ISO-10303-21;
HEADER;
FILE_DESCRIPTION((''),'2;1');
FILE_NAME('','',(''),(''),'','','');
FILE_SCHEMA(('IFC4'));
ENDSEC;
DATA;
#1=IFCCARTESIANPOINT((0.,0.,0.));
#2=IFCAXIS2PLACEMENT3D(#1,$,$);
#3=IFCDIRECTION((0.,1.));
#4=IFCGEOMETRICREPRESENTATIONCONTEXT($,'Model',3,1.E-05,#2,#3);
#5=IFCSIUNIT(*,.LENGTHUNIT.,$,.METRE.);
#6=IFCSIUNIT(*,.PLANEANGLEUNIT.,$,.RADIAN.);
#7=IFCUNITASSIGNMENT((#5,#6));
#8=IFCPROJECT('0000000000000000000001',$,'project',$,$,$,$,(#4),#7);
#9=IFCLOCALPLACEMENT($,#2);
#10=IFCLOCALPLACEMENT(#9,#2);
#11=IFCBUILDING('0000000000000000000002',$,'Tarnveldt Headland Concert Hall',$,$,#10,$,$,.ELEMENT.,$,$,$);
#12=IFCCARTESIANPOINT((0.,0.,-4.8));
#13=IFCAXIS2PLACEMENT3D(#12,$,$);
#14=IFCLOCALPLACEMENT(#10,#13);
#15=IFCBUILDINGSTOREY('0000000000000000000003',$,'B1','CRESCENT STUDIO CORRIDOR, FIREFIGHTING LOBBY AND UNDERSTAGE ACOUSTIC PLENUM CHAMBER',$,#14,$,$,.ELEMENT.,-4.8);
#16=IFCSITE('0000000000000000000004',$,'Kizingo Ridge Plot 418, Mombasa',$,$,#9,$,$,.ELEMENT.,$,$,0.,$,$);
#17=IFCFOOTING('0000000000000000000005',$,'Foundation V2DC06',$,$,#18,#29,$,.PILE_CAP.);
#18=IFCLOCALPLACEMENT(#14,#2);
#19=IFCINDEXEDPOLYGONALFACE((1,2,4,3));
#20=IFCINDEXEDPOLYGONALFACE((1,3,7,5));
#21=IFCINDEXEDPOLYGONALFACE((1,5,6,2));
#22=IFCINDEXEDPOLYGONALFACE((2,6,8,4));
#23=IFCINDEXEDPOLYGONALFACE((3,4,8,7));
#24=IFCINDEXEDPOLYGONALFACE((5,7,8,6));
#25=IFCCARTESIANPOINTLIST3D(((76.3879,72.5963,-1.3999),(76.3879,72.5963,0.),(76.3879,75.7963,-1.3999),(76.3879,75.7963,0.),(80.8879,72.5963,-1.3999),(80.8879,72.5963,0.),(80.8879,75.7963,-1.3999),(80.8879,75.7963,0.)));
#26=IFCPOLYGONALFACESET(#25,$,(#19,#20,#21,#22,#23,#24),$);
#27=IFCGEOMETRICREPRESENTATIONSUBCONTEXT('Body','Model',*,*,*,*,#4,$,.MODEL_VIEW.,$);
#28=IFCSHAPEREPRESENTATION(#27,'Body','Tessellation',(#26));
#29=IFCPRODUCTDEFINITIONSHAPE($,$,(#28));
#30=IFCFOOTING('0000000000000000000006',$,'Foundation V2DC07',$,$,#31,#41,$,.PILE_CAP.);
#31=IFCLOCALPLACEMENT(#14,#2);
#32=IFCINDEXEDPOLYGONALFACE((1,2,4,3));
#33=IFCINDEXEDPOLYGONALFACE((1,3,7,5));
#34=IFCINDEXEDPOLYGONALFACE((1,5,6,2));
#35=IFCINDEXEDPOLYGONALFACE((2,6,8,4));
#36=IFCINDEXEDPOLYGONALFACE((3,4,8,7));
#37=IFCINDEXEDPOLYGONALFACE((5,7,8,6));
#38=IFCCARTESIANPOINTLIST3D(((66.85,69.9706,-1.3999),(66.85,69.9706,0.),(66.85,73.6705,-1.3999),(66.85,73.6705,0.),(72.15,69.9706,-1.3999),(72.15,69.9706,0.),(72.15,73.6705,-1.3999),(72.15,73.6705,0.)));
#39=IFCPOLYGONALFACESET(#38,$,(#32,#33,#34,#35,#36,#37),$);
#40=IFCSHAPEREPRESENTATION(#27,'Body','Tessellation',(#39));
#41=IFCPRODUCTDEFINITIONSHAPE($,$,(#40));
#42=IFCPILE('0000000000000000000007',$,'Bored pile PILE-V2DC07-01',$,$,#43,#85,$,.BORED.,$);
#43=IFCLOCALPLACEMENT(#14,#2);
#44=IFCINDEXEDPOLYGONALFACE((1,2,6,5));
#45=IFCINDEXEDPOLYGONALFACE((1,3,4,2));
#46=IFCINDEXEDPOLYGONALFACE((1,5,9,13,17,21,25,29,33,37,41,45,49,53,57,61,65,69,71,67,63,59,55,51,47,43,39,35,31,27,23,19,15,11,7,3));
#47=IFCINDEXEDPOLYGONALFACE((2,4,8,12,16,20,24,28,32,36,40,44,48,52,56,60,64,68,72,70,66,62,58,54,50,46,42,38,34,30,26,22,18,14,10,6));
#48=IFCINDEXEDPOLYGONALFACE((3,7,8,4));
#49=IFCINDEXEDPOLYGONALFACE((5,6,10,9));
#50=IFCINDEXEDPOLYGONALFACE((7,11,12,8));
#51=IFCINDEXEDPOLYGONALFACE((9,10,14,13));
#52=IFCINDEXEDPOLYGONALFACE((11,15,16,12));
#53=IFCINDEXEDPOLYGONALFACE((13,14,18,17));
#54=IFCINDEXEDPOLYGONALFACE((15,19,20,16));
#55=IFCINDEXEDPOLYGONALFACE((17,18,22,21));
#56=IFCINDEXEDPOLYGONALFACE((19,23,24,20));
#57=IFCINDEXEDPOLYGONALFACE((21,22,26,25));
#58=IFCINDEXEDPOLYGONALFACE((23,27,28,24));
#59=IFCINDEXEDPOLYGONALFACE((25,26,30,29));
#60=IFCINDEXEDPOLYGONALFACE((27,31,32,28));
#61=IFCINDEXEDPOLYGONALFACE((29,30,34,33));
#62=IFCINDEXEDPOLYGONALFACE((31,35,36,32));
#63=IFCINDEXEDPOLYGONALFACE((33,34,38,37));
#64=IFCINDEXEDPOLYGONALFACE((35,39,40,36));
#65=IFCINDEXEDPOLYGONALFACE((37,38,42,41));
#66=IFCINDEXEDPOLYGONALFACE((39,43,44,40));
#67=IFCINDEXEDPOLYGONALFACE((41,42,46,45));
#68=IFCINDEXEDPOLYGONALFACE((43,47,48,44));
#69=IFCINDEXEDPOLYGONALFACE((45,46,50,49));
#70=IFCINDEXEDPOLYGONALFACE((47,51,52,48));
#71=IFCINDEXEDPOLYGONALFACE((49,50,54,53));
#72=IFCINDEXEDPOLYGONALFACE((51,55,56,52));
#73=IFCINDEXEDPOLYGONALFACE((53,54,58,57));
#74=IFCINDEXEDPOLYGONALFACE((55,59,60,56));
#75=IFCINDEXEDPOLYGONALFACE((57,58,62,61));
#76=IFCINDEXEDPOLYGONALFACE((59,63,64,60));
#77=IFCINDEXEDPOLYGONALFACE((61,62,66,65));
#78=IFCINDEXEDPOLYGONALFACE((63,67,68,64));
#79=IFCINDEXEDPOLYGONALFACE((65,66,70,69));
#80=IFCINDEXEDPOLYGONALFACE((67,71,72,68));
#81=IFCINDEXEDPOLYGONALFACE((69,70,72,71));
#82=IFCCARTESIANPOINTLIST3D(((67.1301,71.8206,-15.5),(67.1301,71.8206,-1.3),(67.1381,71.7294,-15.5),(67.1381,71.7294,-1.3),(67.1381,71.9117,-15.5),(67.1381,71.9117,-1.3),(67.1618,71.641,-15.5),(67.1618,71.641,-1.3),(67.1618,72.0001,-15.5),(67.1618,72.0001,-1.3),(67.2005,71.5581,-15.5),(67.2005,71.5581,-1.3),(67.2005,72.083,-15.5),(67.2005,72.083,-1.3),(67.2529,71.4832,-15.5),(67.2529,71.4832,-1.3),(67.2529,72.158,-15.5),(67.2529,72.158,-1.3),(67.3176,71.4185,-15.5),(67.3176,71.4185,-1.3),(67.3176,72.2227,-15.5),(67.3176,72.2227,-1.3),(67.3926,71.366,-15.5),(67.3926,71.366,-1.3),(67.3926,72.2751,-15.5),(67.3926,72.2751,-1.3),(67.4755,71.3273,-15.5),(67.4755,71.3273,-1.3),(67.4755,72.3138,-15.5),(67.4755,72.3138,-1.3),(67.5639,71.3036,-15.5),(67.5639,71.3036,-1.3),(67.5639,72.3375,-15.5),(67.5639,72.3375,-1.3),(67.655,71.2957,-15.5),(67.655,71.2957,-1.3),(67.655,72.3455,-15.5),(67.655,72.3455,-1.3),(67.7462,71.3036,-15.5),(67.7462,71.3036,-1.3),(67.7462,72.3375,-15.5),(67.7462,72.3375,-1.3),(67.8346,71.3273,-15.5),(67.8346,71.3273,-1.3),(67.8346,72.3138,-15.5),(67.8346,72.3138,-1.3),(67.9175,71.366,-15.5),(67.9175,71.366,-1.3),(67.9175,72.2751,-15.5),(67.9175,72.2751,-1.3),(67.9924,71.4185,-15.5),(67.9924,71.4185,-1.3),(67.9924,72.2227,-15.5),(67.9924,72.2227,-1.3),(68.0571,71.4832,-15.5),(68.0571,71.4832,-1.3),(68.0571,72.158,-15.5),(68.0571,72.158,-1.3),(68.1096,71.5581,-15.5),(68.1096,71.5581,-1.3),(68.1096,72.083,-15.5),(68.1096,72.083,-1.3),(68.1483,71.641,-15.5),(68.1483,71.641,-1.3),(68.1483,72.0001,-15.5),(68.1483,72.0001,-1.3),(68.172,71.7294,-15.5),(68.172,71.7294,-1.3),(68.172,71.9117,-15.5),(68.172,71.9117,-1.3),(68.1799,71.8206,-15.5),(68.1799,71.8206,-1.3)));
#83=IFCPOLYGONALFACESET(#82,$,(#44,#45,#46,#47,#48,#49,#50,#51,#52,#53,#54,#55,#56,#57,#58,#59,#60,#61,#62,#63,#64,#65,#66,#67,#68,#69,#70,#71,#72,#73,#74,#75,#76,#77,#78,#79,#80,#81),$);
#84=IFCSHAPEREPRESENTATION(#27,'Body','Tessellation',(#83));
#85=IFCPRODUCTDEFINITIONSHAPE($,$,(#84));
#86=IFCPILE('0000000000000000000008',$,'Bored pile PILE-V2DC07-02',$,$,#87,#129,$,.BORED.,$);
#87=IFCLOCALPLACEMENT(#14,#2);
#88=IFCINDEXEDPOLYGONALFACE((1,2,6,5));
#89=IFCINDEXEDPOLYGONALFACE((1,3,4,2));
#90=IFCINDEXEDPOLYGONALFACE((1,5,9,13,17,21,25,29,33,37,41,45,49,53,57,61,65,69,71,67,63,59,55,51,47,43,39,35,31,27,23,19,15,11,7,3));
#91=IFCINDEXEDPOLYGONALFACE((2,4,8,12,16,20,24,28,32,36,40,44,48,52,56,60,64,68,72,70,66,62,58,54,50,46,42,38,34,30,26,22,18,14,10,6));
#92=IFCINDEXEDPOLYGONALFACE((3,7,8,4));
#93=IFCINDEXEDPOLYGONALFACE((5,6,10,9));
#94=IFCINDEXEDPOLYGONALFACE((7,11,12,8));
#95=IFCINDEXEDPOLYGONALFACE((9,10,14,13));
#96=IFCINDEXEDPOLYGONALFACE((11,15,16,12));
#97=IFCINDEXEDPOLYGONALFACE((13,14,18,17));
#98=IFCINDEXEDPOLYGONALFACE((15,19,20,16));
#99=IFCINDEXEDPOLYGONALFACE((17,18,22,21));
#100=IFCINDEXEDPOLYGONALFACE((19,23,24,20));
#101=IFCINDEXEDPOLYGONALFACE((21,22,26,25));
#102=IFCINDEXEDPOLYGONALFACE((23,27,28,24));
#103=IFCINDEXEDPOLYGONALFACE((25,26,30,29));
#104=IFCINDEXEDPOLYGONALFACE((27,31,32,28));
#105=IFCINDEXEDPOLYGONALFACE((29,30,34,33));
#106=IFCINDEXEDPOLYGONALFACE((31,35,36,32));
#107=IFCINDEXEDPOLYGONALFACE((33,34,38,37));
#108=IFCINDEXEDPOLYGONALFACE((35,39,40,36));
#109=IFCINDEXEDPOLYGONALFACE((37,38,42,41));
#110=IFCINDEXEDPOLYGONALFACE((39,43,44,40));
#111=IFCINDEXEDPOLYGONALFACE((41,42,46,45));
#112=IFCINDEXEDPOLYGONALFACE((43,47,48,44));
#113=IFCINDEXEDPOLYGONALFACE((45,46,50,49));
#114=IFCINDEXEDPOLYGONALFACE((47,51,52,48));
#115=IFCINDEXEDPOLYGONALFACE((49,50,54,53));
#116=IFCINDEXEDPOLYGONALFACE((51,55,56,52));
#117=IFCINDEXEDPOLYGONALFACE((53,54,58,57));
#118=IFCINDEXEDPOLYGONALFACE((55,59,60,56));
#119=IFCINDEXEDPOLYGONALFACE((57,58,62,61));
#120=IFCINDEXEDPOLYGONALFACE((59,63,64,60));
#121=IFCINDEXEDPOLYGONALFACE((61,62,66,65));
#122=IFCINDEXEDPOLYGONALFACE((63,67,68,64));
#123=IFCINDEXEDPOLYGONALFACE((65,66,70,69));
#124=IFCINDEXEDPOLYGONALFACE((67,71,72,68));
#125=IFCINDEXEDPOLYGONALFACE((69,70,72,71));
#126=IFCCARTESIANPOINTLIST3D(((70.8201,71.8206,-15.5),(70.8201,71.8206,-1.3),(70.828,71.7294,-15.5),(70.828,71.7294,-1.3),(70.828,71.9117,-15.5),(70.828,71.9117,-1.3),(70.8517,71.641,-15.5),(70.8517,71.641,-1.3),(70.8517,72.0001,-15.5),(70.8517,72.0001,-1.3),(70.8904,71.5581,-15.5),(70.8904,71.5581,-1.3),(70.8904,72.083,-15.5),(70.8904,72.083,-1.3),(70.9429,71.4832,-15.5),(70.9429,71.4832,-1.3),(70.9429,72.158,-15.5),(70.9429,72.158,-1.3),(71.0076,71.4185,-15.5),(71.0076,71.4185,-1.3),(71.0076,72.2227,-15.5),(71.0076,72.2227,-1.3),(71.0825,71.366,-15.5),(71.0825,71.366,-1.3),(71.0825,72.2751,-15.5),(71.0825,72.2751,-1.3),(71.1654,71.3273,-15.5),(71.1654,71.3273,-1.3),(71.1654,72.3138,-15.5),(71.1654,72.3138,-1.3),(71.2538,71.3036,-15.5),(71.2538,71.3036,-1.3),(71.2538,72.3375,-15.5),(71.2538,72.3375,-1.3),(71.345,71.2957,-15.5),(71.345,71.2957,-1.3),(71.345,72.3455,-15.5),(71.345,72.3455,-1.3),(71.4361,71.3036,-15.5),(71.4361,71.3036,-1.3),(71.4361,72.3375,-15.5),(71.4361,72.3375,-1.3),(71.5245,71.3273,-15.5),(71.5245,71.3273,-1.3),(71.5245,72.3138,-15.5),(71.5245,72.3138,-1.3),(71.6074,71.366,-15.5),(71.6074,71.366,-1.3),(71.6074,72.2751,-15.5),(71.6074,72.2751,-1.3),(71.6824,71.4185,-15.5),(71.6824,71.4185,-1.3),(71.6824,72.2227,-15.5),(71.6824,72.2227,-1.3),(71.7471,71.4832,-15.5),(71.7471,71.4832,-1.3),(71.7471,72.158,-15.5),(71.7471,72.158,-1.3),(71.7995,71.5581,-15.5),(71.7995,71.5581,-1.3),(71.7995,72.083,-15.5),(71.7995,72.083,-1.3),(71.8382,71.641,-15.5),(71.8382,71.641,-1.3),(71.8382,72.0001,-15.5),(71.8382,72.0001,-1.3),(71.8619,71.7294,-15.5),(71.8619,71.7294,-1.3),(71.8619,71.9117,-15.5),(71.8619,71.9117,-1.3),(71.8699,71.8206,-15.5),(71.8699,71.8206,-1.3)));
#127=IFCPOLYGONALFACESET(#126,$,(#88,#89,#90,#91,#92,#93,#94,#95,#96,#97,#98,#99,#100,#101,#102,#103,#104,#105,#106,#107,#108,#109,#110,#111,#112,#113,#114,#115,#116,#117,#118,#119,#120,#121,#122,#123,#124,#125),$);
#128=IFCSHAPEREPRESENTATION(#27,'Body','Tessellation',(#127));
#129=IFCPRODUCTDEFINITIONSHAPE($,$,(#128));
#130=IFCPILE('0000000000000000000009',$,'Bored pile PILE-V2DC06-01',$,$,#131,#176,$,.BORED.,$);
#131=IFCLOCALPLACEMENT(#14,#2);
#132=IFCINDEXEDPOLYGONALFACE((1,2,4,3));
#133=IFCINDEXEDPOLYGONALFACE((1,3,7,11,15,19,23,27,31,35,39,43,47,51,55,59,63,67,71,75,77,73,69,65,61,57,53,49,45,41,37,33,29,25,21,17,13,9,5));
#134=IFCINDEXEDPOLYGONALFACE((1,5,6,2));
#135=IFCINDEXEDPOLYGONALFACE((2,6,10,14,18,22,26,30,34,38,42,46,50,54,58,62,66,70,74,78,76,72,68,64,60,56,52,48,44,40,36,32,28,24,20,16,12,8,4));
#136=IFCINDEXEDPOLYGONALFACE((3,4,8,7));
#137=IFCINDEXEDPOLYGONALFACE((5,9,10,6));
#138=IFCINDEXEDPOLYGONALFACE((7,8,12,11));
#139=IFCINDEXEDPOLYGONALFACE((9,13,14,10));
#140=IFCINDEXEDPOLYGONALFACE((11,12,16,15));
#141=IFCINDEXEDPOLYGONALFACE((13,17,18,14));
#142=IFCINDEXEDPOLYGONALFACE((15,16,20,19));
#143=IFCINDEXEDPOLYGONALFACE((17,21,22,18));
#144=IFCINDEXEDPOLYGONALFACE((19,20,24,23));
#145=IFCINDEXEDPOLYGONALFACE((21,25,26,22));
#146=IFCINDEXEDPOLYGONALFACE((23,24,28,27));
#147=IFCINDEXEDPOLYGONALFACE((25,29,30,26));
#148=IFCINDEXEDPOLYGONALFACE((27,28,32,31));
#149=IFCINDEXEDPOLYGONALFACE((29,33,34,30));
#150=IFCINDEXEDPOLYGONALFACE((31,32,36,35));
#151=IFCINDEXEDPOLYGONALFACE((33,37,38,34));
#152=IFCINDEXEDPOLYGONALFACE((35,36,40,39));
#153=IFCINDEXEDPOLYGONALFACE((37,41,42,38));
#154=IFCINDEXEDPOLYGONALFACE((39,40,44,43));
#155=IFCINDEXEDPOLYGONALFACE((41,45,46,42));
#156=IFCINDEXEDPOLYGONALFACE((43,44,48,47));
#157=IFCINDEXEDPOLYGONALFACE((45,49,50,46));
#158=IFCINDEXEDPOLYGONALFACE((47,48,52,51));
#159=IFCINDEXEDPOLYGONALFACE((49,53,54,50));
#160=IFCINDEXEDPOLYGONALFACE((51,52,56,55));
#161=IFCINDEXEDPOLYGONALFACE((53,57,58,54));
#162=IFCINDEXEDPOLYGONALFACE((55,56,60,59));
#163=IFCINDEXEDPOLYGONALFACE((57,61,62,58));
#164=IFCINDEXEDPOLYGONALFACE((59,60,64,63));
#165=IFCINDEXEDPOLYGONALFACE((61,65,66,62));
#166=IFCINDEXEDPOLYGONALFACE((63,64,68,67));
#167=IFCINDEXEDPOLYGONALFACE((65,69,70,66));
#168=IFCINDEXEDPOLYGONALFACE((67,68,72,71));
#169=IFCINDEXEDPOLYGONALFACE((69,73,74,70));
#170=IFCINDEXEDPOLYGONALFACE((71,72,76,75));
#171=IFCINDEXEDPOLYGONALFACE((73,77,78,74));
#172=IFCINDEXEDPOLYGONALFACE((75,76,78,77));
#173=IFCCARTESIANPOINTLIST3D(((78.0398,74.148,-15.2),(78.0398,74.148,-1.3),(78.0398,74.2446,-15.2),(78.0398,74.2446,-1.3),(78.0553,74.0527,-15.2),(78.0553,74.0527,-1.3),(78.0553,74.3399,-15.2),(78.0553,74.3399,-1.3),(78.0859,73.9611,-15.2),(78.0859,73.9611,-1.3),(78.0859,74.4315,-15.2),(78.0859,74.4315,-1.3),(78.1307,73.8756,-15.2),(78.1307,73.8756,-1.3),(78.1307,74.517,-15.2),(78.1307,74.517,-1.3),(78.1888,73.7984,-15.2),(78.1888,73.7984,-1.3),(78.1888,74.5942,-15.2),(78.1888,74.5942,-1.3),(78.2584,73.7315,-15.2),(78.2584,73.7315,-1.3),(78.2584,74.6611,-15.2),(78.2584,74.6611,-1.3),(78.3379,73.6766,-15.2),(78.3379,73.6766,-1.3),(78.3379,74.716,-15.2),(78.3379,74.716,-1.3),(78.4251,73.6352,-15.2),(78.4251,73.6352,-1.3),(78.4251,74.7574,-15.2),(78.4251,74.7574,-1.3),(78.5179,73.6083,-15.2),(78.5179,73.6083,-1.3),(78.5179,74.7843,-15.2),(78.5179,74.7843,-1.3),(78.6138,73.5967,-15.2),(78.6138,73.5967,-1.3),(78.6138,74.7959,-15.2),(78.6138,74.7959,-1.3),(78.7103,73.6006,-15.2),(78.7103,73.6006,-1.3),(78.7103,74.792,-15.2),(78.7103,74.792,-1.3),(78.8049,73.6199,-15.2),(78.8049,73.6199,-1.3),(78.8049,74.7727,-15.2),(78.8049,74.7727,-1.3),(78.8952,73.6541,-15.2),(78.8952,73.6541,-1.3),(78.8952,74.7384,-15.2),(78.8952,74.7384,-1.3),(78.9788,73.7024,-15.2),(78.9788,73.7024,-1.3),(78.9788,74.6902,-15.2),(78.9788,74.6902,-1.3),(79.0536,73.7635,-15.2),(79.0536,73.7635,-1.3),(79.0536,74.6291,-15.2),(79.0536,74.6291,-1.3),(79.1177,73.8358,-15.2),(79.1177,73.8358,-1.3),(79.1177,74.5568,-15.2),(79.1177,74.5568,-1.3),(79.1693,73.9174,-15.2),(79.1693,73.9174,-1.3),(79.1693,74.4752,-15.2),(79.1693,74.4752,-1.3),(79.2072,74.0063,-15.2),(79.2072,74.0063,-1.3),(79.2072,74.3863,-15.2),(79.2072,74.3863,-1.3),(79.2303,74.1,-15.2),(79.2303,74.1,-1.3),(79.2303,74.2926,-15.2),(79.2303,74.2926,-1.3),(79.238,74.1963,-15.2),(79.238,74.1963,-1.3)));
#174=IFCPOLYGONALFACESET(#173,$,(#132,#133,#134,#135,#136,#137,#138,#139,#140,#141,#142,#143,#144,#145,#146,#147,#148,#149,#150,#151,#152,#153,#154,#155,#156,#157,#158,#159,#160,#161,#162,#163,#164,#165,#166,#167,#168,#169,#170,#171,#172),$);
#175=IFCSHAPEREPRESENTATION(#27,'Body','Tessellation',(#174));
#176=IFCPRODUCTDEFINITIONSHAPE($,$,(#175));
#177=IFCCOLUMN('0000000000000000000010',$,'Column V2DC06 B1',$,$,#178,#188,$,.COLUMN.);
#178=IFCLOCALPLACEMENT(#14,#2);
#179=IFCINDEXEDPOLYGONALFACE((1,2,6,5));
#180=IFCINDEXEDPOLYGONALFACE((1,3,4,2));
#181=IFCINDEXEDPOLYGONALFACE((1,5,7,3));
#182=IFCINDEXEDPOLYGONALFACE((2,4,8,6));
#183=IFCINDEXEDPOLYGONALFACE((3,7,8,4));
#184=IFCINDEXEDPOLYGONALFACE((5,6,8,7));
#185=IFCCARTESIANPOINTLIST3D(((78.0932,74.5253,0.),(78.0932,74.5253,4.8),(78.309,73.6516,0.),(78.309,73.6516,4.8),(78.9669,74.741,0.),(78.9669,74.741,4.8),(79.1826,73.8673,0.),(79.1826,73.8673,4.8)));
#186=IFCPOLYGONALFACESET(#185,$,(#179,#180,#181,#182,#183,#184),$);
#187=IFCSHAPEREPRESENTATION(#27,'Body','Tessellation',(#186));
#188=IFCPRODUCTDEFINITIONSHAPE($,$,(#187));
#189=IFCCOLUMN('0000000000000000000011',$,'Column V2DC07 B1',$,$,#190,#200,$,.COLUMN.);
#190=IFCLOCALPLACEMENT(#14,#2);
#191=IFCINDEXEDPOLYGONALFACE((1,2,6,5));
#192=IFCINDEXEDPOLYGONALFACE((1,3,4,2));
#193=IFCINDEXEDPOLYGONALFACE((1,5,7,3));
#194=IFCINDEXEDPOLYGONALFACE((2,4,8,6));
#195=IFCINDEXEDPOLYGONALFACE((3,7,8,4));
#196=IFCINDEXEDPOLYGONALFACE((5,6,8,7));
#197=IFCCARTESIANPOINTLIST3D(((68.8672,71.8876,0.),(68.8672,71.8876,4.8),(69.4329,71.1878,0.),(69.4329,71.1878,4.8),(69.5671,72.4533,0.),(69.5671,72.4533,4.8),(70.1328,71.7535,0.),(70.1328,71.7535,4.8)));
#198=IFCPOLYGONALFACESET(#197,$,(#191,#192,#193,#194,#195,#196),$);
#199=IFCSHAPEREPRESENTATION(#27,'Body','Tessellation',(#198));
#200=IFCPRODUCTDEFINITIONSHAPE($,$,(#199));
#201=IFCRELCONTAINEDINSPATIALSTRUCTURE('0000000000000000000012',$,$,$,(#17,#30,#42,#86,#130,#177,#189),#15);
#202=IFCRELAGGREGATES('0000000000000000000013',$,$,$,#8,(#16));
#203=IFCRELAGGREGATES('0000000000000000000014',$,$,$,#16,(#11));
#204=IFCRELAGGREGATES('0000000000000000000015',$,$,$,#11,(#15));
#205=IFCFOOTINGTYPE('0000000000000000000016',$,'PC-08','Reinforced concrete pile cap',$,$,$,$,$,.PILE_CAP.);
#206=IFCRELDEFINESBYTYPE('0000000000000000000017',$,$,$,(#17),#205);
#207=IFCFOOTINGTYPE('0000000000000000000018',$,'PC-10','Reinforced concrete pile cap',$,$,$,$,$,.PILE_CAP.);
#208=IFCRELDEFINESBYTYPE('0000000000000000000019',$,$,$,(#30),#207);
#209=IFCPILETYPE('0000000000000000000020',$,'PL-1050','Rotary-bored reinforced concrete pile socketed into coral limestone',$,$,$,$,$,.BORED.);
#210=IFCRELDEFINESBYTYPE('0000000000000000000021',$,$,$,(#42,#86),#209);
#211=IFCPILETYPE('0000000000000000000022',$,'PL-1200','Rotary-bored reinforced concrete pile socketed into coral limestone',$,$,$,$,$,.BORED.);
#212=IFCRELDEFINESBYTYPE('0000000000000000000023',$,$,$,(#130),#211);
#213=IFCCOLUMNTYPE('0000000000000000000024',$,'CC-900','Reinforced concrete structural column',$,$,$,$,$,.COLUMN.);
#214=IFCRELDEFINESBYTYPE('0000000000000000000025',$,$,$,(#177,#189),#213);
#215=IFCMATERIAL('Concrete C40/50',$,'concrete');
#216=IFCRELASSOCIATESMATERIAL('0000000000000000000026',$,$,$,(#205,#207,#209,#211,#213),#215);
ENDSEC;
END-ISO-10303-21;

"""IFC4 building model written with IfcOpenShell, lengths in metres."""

from ifc_helpers import new_model, si_unit, direction, frame, origin, origin_2d, place, context, subcontext, project, spatial, rectangle, circle, extrude, material, material_profile, profile_set, type_object, element, save


model = new_model("IFC4")

# Units and contexts
model_context = context("Model", 3, precision=1e-05, world=origin(), true_north=direction((0.0, 1.0)))
body_context = subcontext(model_context, "Body", "Model", "MODEL_VIEW")
ifc_project = project(units=[si_unit("LENGTHUNIT", "METRE"), si_unit("PLANEANGLEUNIT", "RADIAN")], contexts=[model_context])

# Site, building, storey
site_placement = place(None, origin())
site = spatial("IfcSite", under=ifc_project, at=site_placement, Name="Kizingo Ridge Plot 418, Mombasa", CompositionType="ELEMENT", RefElevation=0.0)
building_placement = place(site_placement, origin())
building = spatial("IfcBuilding", under=site, at=building_placement, Name="Tarnveldt Headland Concert Hall", CompositionType="ELEMENT")
storey_placement = place(building_placement, frame((0.0, 0.0, -4.8)))
storey = spatial("IfcBuildingStorey", under=building, at=storey_placement, Name="B1", Description="CRESCENT STUDIO CORRIDOR, FIREFIGHTING LOBBY AND UNDERSTAGE ACOUSTIC PLENUM CHAMBER", CompositionType="ELEMENT", Elevation=-4.8)

# Footings
ifc_material_1 = material(Name="Concrete C40/50", Category="concrete")
footing_type_1 = type_object("IfcFootingType", Name="PC-08", Description="Reinforced concrete pile cap", PredefinedType="PILE_CAP", material=ifc_material_1)
footing_1_placement = place(storey_placement, frame((78.6379, 74.1963, -1.3999), z_axis=(0.0, 0.0, 1.0), x_axis=(1.0, 0.0, 0.0)))
element("IfcFooting", 1, at=footing_1_placement, inside=storey, type_object=footing_type_1, Name="Foundation V2DC06", PredefinedType="PILE_CAP", context=body_context, shape_type="SweptSolid", body=[
    extrude(rectangle(XDim=4.5, YDim=3.2, at=origin_2d()), origin(), (0.0, 0.0, 1.0), 1.3999),
])
footing_type_2 = type_object("IfcFootingType", Name="PC-10", Description="Reinforced concrete pile cap", PredefinedType="PILE_CAP", material=ifc_material_1)
footing_2_placement = place(storey_placement, frame((69.5, 71.8206, -1.3999), z_axis=(0.0, 0.0, 1.0), x_axis=(1.0, 0.0, 0.0)))
element("IfcFooting", 2, at=footing_2_placement, inside=storey, type_object=footing_type_2, Name="Foundation V2DC07", PredefinedType="PILE_CAP", context=body_context, shape_type="SweptSolid", body=[
    extrude(rectangle(XDim=5.3, YDim=3.7, at=origin_2d()), origin(), (0.0, 0.0, 1.0), 1.3999),
])

# Piles
ifc_material_profile_1 = material_profile(ifc_material_1, circle(Radius=0.5249, at=origin_2d()), Name="BORED PILE D1050", Category="concrete")
ifc_profile_set_1 = profile_set([ifc_material_profile_1], Name="Concrete C40/50")
pile_type_1 = type_object("IfcPileType", Name="PL-1050", Description="Rotary-bored reinforced concrete pile socketed into coral limestone", PredefinedType="BORED", material=ifc_profile_set_1)
for number, where, z_axis, x_axis, name in (
    (3, (67.655, 71.8206, -1.3), (0.0, 0.0, -1.0), (1.0, 0.0, 0.0), "Bored pile PILE-V2DC07-01"),
    (4, (71.345, 71.8206, -1.3), (0.0, 0.0, -1.0), (1.0, 0.0, 0.0), "Bored pile PILE-V2DC07-02"),
):
    element("IfcPile", number, at=place(storey_placement, frame(where, z_axis=z_axis, x_axis=x_axis)), inside=storey, type_object=pile_type_1, Name=name, PredefinedType="BORED", context=body_context, shape_type="SweptSolid", body=[
        extrude(circle(Radius=0.5249, at=origin_2d()), origin(), (0.0, 0.0, 1.0), 14.2),
    ])
ifc_material_profile_2 = material_profile(ifc_material_1, circle(Radius=0.6001, at=origin_2d()), Name="BORED PILE D1200", Category="concrete")
ifc_profile_set_2 = profile_set([ifc_material_profile_2], Name="Concrete C40/50")
pile_type_2 = type_object("IfcPileType", Name="PL-1200", Description="Rotary-bored reinforced concrete pile socketed into coral limestone", PredefinedType="BORED", material=ifc_profile_set_2)
pile_placement = place(storey_placement, frame((78.6379, 74.1963, -1.3), z_axis=(0.0, 0.0, -1.0), x_axis=(1.0, 0.0, 0.0)))
element("IfcPile", 5, at=pile_placement, inside=storey, type_object=pile_type_2, Name="Bored pile PILE-V2DC06-01", PredefinedType="BORED", context=body_context, shape_type="SweptSolid", body=[
    extrude(circle(Radius=0.6001, at=origin_2d()), origin(), (0.0, 0.0, 1.0), 13.8999),
])

# Columns
ifc_material_profile_3 = material_profile(ifc_material_1, rectangle(XDim=0.8999, YDim=0.8999, at=origin_2d()), Name="RC 900x900", Category="concrete")
ifc_profile_set_3 = profile_set([ifc_material_profile_3], Name="Concrete C40/50")
column_type_1 = type_object("IfcColumnType", Name="CC-900", Description="Reinforced concrete structural column", PredefinedType="COLUMN", material=ifc_profile_set_3)
for number, where, z_axis, x_axis, name in (
    (6, (78.6379, 74.1963, 0.0), (0.0, 0.0, 1.0), (-0.23972, 0.970842, 0.0), "Column V2DC06 B1"),
    (7, (69.5, 71.8206, 0.0), (0.0, 0.0, 1.0), (-0.628642, 0.777695, 0.0), "Column V2DC07 B1"),
):
    element("IfcColumn", number, at=place(storey_placement, frame(where, z_axis=z_axis, x_axis=x_axis)), inside=storey, type_object=column_type_1, Name=name, PredefinedType="COLUMN", context=body_context, shape_type="SweptSolid", body=[
        extrude(rectangle(XDim=0.8999, YDim=0.8999, at=origin_2d()), origin(), (0.0, 0.0, 1.0), 4.8),
    ])

save(model, "model.ifc")
